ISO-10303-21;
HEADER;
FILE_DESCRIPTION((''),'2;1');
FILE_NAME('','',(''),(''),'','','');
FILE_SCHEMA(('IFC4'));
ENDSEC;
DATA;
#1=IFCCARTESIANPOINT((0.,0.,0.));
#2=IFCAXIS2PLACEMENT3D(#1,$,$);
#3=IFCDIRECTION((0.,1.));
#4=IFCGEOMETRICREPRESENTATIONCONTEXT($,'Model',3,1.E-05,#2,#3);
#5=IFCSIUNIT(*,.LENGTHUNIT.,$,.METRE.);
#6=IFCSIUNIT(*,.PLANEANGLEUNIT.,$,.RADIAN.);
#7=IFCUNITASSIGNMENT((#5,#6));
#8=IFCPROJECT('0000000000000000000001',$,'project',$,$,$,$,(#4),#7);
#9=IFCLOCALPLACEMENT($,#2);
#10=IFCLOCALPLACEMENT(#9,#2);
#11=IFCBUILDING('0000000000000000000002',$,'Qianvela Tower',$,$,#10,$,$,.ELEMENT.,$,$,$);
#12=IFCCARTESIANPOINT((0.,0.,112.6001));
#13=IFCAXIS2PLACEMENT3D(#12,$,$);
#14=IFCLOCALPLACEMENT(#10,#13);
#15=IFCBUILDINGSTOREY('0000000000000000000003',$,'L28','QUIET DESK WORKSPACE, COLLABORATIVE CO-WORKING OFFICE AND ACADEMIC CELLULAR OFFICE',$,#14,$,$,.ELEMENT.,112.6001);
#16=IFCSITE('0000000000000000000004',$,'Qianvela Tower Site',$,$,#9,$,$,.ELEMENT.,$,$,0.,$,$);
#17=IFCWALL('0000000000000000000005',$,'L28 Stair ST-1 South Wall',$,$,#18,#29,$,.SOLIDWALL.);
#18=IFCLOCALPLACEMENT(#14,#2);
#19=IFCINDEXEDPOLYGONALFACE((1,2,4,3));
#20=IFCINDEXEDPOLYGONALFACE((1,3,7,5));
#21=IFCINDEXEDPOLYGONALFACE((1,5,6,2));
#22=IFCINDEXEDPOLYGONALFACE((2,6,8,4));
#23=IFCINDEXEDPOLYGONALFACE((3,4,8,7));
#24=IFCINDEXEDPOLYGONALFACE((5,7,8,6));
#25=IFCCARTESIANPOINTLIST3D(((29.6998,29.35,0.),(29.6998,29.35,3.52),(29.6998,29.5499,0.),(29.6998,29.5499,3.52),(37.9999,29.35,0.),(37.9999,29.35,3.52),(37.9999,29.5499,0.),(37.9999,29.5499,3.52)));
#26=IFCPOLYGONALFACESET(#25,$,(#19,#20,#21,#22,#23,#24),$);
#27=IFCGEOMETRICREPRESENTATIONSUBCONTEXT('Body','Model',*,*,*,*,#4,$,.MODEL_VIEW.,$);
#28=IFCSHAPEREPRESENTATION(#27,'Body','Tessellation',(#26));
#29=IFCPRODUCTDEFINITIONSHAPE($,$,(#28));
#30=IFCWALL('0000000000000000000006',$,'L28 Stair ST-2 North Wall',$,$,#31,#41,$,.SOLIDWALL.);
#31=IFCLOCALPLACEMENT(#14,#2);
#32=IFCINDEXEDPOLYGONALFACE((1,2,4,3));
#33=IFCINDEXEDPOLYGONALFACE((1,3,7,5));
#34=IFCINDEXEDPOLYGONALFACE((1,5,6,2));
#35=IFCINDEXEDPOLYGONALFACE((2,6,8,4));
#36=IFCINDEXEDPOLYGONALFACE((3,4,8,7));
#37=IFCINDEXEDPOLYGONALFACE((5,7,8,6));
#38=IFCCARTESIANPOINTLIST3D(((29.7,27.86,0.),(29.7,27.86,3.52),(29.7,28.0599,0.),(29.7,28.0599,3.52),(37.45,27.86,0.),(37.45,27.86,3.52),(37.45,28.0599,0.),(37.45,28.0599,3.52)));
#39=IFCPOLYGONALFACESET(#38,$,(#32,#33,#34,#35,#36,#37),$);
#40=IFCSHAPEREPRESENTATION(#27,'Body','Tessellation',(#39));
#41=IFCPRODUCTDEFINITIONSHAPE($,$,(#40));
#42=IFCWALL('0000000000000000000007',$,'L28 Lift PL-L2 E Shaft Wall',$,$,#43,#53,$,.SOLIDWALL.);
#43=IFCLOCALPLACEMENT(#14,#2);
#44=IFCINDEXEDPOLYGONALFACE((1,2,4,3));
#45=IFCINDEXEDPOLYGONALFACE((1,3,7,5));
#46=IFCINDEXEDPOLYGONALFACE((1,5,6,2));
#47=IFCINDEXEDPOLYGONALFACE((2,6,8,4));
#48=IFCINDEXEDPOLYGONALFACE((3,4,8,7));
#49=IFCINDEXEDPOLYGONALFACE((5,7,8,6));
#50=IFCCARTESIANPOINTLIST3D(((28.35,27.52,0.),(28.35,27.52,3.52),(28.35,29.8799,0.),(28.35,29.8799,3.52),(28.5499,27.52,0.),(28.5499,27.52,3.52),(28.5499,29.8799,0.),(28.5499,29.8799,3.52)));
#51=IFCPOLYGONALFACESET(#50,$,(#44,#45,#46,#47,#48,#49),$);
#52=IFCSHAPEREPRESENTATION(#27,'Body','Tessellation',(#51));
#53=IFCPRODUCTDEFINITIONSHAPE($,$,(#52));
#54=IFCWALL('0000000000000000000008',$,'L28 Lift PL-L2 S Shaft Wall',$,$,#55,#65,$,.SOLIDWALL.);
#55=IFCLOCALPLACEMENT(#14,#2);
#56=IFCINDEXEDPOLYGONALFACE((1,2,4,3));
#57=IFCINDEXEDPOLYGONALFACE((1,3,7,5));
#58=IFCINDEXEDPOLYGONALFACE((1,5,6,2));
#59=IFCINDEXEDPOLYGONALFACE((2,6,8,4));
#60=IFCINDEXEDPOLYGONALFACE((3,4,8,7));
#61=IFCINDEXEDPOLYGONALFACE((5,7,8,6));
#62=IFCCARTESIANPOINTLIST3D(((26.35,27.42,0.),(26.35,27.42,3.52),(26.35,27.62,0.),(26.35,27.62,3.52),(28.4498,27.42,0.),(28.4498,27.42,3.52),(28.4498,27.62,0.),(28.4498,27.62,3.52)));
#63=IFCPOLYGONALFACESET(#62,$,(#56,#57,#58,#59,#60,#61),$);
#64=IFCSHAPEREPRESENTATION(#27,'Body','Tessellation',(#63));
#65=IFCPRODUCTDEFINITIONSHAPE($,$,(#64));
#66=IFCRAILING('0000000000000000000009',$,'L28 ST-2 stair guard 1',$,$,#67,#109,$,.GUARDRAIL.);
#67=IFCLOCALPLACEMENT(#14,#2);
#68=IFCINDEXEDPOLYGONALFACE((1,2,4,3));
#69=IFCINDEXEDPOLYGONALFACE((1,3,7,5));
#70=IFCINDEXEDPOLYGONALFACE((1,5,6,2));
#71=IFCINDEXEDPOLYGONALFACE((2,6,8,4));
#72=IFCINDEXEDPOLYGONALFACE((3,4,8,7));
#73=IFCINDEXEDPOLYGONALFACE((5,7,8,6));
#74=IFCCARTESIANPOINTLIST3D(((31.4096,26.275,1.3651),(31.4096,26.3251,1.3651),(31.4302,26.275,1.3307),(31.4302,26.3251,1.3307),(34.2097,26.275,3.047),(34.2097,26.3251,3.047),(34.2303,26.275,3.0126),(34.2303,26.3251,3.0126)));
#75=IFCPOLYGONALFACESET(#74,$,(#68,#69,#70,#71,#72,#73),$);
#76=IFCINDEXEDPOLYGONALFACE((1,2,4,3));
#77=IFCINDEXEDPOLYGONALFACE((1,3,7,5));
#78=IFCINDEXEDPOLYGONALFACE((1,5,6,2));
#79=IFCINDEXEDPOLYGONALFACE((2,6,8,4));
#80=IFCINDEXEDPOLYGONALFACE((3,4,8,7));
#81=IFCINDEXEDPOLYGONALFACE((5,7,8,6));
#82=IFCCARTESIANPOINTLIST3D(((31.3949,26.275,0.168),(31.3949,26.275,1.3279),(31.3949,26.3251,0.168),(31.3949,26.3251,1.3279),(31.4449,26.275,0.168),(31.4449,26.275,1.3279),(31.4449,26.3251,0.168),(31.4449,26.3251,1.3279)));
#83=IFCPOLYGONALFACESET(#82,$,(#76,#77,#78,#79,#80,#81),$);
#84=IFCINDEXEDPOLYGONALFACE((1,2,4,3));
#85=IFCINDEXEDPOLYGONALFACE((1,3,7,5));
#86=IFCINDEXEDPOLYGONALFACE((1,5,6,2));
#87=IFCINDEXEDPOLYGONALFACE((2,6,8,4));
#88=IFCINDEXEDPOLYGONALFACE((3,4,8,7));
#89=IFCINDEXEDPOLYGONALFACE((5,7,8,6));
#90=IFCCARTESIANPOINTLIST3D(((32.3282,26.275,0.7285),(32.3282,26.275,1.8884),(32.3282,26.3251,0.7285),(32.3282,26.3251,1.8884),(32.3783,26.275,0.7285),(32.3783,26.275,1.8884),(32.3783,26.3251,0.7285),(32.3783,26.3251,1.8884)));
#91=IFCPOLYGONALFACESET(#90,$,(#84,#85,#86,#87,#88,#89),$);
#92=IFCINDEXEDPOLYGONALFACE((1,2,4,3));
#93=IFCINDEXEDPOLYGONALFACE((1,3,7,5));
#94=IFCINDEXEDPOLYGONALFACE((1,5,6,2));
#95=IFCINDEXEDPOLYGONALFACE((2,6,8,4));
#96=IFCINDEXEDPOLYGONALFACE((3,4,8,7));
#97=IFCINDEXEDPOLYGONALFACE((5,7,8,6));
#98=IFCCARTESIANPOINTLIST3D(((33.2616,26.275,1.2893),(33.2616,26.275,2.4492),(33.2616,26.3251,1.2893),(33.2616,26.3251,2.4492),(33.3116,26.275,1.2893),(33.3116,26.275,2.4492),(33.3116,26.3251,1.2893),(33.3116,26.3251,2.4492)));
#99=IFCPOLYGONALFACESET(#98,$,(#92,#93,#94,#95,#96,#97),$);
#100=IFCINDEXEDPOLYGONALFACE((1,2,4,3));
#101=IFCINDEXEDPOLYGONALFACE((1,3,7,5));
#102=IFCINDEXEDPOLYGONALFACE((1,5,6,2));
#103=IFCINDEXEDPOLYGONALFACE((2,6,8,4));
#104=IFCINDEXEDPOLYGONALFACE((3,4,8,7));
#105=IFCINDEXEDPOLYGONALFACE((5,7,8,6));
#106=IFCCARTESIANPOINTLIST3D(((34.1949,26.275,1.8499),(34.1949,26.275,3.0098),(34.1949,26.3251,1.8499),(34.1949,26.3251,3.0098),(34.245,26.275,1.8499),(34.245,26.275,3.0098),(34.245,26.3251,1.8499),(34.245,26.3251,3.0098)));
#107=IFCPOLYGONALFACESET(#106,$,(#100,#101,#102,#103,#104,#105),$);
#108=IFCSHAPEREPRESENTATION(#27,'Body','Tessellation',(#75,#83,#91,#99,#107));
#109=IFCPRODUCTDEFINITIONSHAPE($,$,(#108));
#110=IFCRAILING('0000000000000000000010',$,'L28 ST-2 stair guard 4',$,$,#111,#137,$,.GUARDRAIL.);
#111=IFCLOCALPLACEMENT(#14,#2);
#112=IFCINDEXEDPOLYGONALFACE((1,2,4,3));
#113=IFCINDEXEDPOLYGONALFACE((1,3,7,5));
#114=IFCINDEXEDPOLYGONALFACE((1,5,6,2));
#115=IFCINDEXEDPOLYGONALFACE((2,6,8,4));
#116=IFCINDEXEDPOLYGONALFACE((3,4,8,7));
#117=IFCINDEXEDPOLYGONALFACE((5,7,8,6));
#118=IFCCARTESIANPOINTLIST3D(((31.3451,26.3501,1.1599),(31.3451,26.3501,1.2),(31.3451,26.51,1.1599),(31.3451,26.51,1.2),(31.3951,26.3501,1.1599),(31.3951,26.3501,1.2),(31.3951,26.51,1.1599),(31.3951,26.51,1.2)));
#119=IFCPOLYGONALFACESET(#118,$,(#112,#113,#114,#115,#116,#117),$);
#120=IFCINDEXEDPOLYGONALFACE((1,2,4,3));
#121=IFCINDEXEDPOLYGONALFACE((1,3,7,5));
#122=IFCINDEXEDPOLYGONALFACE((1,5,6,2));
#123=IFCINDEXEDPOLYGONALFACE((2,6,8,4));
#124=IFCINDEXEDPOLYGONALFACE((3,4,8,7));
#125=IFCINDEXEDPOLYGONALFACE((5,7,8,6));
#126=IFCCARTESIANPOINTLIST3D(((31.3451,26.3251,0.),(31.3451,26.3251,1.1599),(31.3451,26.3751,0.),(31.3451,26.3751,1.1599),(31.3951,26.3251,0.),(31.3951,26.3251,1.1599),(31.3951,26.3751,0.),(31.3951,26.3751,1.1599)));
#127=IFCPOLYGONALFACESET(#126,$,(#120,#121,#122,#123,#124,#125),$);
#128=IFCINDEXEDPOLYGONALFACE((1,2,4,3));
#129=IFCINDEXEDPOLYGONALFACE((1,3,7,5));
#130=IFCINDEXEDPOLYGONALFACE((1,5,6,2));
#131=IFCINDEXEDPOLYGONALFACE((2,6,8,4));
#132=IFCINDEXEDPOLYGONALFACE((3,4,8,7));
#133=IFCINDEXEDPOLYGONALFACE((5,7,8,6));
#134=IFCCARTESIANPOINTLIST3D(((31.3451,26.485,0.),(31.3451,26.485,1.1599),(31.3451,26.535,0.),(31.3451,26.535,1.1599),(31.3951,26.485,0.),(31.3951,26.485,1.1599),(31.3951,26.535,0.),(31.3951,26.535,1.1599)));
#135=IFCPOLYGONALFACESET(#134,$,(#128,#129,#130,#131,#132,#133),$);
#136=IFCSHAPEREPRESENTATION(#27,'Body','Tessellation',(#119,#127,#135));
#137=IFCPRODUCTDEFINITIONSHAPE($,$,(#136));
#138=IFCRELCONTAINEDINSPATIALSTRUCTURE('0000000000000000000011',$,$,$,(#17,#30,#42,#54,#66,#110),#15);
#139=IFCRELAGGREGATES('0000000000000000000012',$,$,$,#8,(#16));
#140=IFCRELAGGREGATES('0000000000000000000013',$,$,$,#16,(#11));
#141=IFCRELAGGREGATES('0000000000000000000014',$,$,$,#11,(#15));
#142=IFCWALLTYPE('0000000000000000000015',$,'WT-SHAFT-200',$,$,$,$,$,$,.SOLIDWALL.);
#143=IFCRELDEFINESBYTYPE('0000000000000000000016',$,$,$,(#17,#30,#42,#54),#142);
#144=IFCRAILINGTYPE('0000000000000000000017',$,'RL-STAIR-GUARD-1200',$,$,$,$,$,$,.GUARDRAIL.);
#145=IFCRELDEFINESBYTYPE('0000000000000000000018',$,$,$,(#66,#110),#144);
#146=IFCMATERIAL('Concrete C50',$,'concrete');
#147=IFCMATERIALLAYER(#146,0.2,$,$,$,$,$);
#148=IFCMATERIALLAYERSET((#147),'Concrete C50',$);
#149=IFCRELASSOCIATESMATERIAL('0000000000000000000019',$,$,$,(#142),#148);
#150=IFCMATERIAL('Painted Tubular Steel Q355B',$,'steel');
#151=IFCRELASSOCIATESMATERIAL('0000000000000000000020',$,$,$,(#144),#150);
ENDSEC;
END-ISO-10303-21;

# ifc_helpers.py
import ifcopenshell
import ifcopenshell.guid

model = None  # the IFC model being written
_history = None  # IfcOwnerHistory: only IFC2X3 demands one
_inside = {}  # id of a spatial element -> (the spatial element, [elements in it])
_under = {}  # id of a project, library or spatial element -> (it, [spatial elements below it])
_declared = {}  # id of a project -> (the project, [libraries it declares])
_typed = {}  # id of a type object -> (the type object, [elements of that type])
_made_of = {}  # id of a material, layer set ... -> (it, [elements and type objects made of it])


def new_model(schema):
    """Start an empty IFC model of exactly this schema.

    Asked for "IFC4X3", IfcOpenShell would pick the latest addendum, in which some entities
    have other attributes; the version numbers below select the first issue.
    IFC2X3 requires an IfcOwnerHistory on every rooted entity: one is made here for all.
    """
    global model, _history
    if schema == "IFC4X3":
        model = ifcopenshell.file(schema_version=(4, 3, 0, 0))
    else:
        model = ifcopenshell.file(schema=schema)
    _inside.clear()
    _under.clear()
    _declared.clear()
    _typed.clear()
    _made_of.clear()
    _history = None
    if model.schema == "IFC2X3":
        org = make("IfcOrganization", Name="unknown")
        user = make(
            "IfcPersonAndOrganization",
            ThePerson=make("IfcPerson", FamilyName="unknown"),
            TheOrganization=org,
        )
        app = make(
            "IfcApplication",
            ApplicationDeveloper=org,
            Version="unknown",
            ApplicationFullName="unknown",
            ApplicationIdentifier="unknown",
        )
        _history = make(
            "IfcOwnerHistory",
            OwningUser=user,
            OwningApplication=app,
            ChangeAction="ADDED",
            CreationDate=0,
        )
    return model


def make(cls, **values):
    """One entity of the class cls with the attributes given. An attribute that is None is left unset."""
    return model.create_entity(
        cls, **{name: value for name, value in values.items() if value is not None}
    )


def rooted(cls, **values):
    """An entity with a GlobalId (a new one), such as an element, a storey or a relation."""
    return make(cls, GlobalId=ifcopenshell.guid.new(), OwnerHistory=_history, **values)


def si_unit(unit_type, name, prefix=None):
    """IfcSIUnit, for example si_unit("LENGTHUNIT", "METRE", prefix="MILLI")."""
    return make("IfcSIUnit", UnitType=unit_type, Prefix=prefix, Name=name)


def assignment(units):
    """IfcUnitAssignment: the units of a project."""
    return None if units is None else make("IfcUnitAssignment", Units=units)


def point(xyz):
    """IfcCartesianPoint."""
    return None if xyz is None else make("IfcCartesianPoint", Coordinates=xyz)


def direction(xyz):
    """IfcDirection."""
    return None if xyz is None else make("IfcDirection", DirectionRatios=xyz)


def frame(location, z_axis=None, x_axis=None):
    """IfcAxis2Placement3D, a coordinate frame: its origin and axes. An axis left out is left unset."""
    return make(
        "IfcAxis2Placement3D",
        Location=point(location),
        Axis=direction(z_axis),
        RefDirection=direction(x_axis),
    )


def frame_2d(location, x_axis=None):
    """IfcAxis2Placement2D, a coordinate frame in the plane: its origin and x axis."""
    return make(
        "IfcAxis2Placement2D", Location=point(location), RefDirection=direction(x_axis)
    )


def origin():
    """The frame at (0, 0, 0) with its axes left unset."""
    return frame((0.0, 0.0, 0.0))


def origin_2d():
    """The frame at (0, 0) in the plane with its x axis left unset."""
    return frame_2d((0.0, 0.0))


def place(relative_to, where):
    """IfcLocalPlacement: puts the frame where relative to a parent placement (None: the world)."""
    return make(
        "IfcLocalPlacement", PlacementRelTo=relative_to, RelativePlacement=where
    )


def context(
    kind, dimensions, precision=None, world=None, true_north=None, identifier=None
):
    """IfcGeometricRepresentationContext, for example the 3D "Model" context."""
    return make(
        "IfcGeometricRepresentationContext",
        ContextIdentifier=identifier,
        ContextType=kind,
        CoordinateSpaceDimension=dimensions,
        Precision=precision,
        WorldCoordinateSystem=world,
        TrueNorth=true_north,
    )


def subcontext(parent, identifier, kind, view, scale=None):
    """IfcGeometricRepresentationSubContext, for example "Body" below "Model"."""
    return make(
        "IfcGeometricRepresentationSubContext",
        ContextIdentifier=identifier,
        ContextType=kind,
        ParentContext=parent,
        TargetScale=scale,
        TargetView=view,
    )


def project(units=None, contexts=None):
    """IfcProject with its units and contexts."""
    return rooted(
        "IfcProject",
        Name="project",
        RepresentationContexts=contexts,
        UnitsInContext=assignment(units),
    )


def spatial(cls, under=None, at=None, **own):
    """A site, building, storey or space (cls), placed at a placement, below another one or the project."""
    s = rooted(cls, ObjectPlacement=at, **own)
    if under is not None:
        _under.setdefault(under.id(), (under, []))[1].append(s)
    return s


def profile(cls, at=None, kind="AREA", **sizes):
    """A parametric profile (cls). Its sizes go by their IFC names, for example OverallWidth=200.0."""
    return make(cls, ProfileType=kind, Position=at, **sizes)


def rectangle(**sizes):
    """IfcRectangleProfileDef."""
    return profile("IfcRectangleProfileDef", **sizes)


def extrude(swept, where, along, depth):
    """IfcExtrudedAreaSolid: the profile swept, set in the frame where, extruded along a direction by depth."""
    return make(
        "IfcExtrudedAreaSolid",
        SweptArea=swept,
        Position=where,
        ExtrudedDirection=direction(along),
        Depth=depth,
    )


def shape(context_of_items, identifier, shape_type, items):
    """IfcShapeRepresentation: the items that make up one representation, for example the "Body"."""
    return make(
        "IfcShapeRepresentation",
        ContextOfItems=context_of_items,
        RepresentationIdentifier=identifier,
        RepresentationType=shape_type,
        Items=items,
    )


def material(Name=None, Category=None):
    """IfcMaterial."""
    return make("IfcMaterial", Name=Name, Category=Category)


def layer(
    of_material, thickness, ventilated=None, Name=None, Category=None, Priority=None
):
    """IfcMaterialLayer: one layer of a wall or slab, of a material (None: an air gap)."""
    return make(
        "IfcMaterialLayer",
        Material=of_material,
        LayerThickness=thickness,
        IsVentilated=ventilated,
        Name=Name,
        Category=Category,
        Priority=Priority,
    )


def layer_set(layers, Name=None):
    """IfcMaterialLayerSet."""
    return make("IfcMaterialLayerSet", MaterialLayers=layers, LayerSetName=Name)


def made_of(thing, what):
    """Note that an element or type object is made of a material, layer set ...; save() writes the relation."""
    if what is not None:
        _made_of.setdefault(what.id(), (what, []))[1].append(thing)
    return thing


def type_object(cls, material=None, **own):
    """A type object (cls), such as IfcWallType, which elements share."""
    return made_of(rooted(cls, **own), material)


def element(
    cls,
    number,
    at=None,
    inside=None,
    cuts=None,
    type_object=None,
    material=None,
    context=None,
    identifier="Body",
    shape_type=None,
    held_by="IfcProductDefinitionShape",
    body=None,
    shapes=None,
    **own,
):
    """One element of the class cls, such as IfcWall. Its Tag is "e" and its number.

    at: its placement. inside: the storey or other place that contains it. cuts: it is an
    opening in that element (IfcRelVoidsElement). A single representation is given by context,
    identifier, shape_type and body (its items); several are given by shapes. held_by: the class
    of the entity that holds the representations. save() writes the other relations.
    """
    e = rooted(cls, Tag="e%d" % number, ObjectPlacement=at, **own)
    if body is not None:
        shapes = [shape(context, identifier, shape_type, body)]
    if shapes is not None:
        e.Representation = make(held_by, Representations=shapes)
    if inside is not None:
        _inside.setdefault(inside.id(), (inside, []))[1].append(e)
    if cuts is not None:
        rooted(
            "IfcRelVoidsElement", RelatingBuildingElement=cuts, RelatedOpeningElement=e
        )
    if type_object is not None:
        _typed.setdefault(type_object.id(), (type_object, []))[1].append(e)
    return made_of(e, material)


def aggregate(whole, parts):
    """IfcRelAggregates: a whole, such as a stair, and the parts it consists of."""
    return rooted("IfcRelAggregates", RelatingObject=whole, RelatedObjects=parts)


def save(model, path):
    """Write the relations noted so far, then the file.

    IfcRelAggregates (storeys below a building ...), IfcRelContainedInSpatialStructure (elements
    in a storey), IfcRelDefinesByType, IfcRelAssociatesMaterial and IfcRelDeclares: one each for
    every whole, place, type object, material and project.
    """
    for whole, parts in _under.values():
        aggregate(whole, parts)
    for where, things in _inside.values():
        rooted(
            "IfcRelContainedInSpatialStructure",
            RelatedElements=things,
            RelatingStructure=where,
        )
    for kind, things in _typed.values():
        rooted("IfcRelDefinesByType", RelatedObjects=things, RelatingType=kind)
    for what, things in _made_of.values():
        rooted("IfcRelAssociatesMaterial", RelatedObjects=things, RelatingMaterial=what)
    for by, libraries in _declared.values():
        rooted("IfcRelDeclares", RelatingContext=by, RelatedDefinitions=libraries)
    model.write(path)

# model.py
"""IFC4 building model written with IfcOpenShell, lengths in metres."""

from ifc_helpers import new_model, si_unit, direction, frame, frame_2d, origin, origin_2d, place, context, subcontext, project, spatial, rectangle, extrude, material, layer, layer_set, type_object, element, save


model = new_model("IFC4")

# Units and contexts
model_context = context("Model", 3, precision=1e-05, world=origin(), true_north=direction((0.0, 1.0)))
body_context = subcontext(model_context, "Body", "Model", "MODEL_VIEW")
ifc_project = project(units=[si_unit("LENGTHUNIT", "METRE"), si_unit("PLANEANGLEUNIT", "RADIAN")], contexts=[model_context])

# Site, building, storey
site_placement = place(None, origin())
site = spatial("IfcSite", under=ifc_project, at=site_placement, Name="Qianvela Tower Site", CompositionType="ELEMENT", RefElevation=0.0)
building_placement = place(site_placement, origin())
building = spatial("IfcBuilding", under=site, at=building_placement, Name="Qianvela Tower", CompositionType="ELEMENT")
storey_placement = place(building_placement, frame((0.0, 0.0, 112.6001)))
storey = spatial("IfcBuildingStorey", under=building, at=storey_placement, Name="L28", Description="QUIET DESK WORKSPACE, COLLABORATIVE CO-WORKING OFFICE AND ACADEMIC CELLULAR OFFICE", CompositionType="ELEMENT", Elevation=112.6001)

# Walls
ifc_material_1 = material(Name="Concrete C50", Category="concrete")
ifc_layer_1 = layer(ifc_material_1, 0.2)
ifc_layer_set_1 = layer_set([ifc_layer_1], Name="Concrete C50")
wall_type_1 = type_object("IfcWallType", Name="WT-SHAFT-200", PredefinedType="SOLIDWALL", material=ifc_layer_set_1)
wall_1_placement = place(storey_placement, frame((29.7, 29.45, 0.0), z_axis=(0.0, 0.0, 1.0), x_axis=(1.0, 0.0, 0.0)))
element("IfcWall", 1, at=wall_1_placement, inside=storey, type_object=wall_type_1, Name="L28 Stair ST-1 South Wall", PredefinedType="SOLIDWALL", context=body_context, shape_type="SweptSolid", body=[
    extrude(rectangle(XDim=8.3, YDim=0.2, at=frame_2d((4.1499, 0.0))), origin(), (0.0, 0.0, 1.0), 3.52),
])
wall_2_placement = place(storey_placement, frame((29.7, 27.96, 0.0), z_axis=(0.0, 0.0, 1.0), x_axis=(1.0, 0.0, 0.0)))
element("IfcWall", 2, at=wall_2_placement, inside=storey, type_object=wall_type_1, Name="L28 Stair ST-2 North Wall", PredefinedType="SOLIDWALL", context=body_context, shape_type="SweptSolid", body=[
    extrude(rectangle(XDim=7.75, YDim=0.2, at=frame_2d((3.875, 0.0))), origin(), (0.0, 0.0, 1.0), 3.52),
])
wall_3_placement = place(storey_placement, frame((28.45, 27.52, 0.0), z_axis=(0.0, 0.0, 1.0), x_axis=(0.0, 1.0, 0.0)))
element("IfcWall", 3, at=wall_3_placement, inside=storey, type_object=wall_type_1, Name="L28 Lift PL-L2 E Shaft Wall", PredefinedType="SOLIDWALL", context=body_context, shape_type="SweptSolid", body=[
    extrude(rectangle(XDim=2.3599, YDim=0.2, at=frame_2d((1.1799, 0.0))), origin(), (0.0, 0.0, 1.0), 3.52),
])

# Wall
wall_4_placement = place(storey_placement, frame((26.3501, 27.52, 0.0), z_axis=(0.0, 0.0, 1.0), x_axis=(1.0, 0.0, 0.0)))
element("IfcWall", 4, at=wall_4_placement, inside=storey, type_object=wall_type_1, Name="L28 Lift PL-L2 S Shaft Wall", PredefinedType="SOLIDWALL", context=body_context, shape_type="SweptSolid", body=[
    extrude(rectangle(XDim=2.0999, YDim=0.2, at=frame_2d((1.0498, 0.0))), origin(), (0.0, 0.0, 1.0), 3.52),
])

# Railings
ifc_material_2 = material(Name="Painted Tubular Steel Q355B", Category="steel")
railing_type = type_object("IfcRailingType", Name="RL-STAIR-GUARD-1200", PredefinedType="GUARDRAIL", material=ifc_material_2)
railing_1_placement = place(storey_placement, frame((31.4199, 26.3, 0.168)))
element("IfcRailing", 5, at=railing_1_placement, inside=storey, type_object=railing_type, Name="L28 ST-2 stair guard 1", PredefinedType="GUARDRAIL", context=body_context, shape_type="SweptSolid", body=[
    extrude(rectangle(XDim=0.05, YDim=0.04, at=origin_2d()), frame((0.0, 0.0, 1.1799), z_axis=(0.857242, 0.0, 0.514913), x_axis=(0.0, 1.0, 0.0)), (0.0, 0.0, 1.0), 3.2664),
    extrude(rectangle(XDim=0.05, YDim=0.05, at=origin_2d()), origin(), (0.0, 0.0, 1.0), 1.1599),
    extrude(rectangle(XDim=0.05, YDim=0.05, at=origin_2d()), frame((0.9333, 0.0, 0.5605)), (0.0, 0.0, 1.0), 1.1599),
    extrude(rectangle(XDim=0.05, YDim=0.05, at=origin_2d()), frame((1.8667, 0.0, 1.1213)), (0.0, 0.0, 1.0), 1.1599),
    extrude(rectangle(XDim=0.05, YDim=0.05, at=origin_2d()), frame((2.8, 0.0, 1.6819)), (0.0, 0.0, 1.0), 1.1599),
])
railing_2_placement = place(storey_placement, frame((31.3701, 26.3501, 0.0)))
element("IfcRailing", 6, at=railing_2_placement, inside=storey, type_object=railing_type, Name="L28 ST-2 stair guard 4", PredefinedType="GUARDRAIL", context=body_context, shape_type="SweptSolid", body=[
    extrude(rectangle(XDim=0.05, YDim=0.04, at=origin_2d()), frame((0.0, 0.0, 1.1799), z_axis=(0.0, 1.0, 0.0), x_axis=(-1.0, 0.0, 0.0)), (0.0, 0.0, 1.0), 0.1599),
    extrude(rectangle(XDim=0.05, YDim=0.05, at=origin_2d()), origin(), (0.0, 0.0, 1.0), 1.1599),
    extrude(rectangle(XDim=0.05, YDim=0.05, at=origin_2d()), frame((0.0, 0.1599, 0.0)), (0.0, 0.0, 1.0), 1.1599),
])

save(model, "model.ifc")
